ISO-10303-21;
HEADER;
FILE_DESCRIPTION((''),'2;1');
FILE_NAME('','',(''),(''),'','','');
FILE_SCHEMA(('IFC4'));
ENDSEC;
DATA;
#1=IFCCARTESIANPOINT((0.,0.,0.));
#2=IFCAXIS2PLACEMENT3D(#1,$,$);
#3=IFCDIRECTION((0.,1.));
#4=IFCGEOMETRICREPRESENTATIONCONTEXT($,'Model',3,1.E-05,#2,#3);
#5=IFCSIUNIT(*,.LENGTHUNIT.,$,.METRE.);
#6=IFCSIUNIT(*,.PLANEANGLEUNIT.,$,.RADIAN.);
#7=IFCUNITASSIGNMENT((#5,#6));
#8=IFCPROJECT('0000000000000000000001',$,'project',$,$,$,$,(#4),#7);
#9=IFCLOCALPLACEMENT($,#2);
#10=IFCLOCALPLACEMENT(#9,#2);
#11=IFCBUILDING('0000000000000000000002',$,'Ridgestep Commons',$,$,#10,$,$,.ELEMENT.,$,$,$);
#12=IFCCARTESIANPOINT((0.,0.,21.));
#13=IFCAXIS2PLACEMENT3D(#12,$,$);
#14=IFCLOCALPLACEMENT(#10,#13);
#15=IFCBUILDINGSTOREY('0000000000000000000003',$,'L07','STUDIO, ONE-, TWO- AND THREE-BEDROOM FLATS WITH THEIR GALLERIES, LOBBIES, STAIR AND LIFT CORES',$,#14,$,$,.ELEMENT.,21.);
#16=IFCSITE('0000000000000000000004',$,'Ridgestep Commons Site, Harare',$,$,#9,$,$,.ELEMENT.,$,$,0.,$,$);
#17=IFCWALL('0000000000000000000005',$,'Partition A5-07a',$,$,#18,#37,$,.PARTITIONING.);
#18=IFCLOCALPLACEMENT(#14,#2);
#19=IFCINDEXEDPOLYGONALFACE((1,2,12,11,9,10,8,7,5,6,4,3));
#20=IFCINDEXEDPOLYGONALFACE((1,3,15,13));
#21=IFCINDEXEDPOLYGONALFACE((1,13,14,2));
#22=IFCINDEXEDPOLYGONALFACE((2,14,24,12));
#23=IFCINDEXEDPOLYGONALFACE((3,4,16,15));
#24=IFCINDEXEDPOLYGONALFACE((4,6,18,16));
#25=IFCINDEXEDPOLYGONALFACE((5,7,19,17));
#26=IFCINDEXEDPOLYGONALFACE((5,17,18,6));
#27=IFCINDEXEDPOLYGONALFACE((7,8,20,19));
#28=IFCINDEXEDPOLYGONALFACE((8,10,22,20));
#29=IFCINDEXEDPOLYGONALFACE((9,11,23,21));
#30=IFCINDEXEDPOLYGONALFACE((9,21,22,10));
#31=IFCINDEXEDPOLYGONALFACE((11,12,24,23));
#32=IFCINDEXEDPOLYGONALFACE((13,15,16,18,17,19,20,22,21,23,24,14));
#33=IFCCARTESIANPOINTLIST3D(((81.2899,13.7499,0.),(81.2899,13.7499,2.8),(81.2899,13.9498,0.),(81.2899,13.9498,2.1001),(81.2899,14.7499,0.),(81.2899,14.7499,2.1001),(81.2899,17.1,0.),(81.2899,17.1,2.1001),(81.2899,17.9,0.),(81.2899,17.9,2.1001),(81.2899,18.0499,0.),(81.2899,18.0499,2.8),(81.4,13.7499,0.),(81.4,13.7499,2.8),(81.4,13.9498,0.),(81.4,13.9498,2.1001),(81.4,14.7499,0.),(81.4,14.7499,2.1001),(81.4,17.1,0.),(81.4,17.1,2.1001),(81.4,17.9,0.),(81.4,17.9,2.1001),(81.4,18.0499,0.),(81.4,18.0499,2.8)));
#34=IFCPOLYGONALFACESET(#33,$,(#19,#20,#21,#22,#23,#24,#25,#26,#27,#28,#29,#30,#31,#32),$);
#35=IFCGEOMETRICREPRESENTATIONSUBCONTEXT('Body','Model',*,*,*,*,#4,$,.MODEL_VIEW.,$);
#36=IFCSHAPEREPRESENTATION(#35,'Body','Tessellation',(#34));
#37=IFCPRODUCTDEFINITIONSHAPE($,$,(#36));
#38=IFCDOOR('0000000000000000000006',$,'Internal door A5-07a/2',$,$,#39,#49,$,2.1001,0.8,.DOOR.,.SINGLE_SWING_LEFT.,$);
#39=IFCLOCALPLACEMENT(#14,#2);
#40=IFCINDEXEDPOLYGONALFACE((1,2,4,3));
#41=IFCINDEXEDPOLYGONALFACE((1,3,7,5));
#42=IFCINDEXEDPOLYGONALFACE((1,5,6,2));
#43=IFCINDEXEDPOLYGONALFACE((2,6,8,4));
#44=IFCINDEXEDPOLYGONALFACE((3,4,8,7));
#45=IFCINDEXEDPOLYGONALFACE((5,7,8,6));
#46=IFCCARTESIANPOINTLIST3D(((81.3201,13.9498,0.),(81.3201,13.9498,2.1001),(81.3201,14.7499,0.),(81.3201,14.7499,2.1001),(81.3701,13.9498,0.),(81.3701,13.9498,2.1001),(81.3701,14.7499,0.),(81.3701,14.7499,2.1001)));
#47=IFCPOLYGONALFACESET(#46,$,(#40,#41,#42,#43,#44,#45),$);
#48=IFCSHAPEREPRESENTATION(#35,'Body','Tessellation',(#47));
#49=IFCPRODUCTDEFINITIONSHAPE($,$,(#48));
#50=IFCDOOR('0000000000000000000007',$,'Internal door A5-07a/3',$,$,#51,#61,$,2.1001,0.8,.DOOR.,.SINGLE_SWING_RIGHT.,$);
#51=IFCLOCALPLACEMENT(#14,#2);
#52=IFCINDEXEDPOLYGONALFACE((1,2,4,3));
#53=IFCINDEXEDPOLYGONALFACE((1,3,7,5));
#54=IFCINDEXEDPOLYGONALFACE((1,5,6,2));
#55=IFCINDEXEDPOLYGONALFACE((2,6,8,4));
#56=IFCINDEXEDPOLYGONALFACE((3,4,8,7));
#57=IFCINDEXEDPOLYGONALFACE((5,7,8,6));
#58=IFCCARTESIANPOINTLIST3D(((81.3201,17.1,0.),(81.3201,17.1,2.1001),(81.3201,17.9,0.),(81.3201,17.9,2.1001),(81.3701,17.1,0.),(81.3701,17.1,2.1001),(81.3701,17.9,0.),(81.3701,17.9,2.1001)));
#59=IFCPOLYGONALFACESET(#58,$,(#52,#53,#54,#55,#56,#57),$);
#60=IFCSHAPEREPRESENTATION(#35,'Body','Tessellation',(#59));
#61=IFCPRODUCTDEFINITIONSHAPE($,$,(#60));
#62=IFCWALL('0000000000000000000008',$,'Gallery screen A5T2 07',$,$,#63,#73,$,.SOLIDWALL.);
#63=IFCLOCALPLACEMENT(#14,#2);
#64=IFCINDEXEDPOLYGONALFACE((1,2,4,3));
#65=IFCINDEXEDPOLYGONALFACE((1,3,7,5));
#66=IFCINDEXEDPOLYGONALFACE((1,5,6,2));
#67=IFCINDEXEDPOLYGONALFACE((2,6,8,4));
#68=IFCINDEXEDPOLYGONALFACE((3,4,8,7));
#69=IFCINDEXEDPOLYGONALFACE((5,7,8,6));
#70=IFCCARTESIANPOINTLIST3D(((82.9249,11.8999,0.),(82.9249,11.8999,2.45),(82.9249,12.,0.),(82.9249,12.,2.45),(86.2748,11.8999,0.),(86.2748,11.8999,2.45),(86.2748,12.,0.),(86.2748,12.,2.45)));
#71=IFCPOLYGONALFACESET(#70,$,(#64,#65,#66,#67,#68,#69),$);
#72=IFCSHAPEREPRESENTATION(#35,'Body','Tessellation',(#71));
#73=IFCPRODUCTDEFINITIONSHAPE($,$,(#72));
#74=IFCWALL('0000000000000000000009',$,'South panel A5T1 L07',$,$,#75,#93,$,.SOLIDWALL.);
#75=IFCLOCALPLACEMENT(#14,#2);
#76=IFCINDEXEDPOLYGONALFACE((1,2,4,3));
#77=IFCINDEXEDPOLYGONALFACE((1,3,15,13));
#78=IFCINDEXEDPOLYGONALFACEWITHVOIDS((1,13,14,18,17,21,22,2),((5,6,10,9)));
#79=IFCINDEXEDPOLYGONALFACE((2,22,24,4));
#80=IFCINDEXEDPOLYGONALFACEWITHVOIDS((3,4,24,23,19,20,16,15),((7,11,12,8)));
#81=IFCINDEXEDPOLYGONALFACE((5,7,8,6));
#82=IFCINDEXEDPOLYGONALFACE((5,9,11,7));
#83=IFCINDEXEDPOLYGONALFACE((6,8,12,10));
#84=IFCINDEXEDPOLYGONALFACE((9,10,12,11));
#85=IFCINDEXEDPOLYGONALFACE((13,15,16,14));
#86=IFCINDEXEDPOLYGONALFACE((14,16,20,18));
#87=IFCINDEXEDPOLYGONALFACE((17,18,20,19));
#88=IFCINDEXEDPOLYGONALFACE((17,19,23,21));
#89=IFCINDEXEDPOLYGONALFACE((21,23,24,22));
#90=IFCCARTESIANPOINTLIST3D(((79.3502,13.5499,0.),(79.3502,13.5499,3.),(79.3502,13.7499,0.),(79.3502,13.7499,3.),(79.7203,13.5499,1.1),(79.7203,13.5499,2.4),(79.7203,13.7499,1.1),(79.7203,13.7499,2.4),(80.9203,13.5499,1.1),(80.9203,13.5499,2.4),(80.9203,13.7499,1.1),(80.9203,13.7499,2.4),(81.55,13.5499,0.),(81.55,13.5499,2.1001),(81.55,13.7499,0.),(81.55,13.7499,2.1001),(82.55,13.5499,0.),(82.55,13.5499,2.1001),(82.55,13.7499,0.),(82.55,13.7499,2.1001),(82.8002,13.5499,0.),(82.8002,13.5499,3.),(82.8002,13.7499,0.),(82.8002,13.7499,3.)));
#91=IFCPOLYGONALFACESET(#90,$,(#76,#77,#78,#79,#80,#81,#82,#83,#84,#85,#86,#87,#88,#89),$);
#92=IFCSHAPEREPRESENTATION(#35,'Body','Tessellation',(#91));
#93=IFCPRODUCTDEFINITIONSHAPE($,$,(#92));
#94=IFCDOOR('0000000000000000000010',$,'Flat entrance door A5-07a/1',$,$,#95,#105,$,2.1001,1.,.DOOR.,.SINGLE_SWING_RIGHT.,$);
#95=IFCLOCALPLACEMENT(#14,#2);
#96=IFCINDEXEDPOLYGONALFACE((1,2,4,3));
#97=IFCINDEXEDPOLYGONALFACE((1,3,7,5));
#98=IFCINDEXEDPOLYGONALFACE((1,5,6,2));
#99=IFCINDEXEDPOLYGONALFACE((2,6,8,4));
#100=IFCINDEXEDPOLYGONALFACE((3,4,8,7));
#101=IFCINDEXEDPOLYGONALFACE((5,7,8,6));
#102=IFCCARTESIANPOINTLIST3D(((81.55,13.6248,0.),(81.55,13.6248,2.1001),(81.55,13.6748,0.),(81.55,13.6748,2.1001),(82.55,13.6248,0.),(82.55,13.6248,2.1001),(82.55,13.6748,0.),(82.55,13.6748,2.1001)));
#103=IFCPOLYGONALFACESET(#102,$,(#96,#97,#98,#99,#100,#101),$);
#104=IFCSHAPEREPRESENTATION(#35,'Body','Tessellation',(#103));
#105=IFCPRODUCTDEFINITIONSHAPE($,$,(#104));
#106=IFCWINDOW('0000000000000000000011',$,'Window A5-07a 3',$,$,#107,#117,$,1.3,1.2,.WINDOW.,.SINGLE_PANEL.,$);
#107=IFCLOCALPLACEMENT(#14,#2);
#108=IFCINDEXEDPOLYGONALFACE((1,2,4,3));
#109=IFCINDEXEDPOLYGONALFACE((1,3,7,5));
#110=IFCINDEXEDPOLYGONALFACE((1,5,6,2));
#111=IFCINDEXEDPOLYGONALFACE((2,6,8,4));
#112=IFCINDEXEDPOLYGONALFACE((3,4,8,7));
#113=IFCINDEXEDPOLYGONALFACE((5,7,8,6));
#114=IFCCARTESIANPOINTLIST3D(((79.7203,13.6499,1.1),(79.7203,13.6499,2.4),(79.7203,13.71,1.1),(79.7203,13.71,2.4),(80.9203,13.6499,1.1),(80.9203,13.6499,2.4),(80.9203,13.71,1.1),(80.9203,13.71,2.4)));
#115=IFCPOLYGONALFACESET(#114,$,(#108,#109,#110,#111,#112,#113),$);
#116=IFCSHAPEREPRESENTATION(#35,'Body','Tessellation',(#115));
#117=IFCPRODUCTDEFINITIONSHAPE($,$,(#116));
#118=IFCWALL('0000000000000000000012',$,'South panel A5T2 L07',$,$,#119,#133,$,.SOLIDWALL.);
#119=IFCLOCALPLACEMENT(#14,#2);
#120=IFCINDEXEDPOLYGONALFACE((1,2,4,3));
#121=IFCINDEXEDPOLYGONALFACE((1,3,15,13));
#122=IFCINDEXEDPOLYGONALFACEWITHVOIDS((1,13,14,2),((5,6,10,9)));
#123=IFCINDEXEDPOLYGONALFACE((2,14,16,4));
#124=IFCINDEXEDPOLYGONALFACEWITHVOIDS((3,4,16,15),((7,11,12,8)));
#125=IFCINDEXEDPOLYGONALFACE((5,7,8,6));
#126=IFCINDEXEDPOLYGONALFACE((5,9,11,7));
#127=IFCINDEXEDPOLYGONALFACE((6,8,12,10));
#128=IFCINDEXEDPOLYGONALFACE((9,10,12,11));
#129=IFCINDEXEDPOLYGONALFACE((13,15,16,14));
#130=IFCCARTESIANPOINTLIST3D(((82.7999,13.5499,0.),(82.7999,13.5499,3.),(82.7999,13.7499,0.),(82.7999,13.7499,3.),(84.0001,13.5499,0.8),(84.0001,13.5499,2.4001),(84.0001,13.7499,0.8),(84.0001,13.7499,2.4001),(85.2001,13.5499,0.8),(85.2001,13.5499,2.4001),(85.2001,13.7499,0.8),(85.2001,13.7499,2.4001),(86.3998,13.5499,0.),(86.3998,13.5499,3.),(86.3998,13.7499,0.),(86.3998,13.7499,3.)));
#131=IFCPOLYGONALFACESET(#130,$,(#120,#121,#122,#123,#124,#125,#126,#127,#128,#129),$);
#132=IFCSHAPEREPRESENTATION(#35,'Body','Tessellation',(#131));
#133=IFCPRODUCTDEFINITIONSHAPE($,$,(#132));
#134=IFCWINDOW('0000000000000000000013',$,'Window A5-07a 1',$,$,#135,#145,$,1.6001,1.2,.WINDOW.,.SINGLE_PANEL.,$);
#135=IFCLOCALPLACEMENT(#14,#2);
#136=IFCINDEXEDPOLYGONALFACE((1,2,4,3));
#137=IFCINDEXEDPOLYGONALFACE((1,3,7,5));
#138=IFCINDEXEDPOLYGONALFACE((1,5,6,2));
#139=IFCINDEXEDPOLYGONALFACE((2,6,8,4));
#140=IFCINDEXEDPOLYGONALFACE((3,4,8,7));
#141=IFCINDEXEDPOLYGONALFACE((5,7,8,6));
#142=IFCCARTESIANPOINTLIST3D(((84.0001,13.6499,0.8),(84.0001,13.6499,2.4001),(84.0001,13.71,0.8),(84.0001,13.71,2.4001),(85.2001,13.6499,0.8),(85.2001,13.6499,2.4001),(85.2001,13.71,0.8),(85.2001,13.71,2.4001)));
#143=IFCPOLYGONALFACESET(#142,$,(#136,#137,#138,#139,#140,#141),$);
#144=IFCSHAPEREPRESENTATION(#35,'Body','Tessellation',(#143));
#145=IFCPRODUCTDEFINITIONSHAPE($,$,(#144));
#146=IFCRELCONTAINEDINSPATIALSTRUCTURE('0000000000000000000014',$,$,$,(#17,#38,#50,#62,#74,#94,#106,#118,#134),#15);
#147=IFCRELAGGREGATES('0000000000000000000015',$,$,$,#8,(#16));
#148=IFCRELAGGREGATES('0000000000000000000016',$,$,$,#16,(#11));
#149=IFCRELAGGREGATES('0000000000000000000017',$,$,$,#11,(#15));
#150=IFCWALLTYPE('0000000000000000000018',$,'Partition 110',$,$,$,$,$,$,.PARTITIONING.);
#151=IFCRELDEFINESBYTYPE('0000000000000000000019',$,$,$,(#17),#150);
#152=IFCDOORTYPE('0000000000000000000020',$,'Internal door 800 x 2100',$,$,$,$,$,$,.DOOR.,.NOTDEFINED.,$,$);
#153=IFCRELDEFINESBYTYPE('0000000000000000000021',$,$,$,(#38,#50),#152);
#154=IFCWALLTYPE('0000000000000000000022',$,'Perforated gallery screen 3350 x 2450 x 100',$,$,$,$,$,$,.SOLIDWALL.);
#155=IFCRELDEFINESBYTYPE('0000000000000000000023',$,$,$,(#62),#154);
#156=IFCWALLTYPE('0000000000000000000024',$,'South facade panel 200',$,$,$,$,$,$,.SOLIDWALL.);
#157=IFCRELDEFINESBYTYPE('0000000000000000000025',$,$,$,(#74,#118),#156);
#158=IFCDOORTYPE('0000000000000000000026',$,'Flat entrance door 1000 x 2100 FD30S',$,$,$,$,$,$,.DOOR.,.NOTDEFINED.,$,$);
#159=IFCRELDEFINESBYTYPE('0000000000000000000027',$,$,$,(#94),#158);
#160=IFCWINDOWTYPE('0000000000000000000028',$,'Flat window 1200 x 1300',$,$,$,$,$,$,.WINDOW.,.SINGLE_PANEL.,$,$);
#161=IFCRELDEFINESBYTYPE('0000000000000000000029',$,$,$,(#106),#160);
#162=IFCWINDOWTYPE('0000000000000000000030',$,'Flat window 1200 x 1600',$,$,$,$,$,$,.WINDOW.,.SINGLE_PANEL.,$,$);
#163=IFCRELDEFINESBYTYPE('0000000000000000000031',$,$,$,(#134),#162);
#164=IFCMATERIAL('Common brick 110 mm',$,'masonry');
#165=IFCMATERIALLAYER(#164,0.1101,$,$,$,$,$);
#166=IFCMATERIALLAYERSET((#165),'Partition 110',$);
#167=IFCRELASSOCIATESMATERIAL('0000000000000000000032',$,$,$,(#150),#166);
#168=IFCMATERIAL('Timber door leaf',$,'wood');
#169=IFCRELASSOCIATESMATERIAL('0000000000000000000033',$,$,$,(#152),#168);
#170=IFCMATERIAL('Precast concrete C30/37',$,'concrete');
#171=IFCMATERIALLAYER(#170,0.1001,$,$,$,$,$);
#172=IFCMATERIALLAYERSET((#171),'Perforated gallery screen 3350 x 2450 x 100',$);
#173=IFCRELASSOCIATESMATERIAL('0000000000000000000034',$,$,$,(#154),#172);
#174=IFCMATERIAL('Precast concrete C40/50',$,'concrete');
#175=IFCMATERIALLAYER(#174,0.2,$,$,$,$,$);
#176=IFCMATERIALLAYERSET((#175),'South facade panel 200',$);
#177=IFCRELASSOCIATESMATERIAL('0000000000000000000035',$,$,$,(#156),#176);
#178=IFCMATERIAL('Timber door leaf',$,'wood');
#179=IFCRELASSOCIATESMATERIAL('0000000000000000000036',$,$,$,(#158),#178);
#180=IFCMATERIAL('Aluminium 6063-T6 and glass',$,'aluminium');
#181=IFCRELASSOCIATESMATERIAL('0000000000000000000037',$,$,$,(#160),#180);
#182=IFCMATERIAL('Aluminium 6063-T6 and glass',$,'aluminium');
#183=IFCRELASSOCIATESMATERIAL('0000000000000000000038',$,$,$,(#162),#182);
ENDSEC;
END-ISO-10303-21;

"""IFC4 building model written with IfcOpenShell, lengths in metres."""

from ifc_helpers import new_model, si_unit, direction, frame, frame_2d, origin, place, context, subcontext, project, spatial, rectangle, extrude, material, layer, layer_set, type_object, element, fill, save


model = new_model("IFC4")

# Units and contexts
model_context = context("Model", 3, precision=1e-05, world=origin(), true_north=direction((0.0, 1.0)))
body_context = subcontext(model_context, "Body", "Model", "MODEL_VIEW")
ifc_project = project(units=[si_unit("LENGTHUNIT", "METRE"), si_unit("PLANEANGLEUNIT", "RADIAN")], contexts=[model_context])

# Site, building, storey
site_placement = place(None, origin())
site = spatial("IfcSite", under=ifc_project, at=site_placement, Name="Ridgestep Commons Site, Harare", CompositionType="ELEMENT", RefElevation=0.0)
building_placement = place(site_placement, origin())
building = spatial("IfcBuilding", under=site, at=building_placement, Name="Ridgestep Commons", CompositionType="ELEMENT")
storey_placement = place(building_placement, frame((0.0, 0.0, 21.0)))
storey = spatial("IfcBuildingStorey", under=building, at=storey_placement, Name="L07", Description="STUDIO, ONE-, TWO- AND THREE-BEDROOM FLATS WITH THEIR GALLERIES, LOBBIES, STAIR AND LIFT CORES", CompositionType="ELEMENT", Elevation=21.0)

# Wall, openings, doors
ifc_material_1 = material(Name="Common brick 110 mm", Category="masonry")
ifc_layer_1 = layer(ifc_material_1, 0.1101)
ifc_layer_set_1 = layer_set([ifc_layer_1], Name="Partition 110")
wall_type_1 = type_object("IfcWallType", Name="Partition 110", PredefinedType="PARTITIONING", material=ifc_layer_set_1)
wall_1_placement = place(storey_placement, frame((81.345, 13.75, 0.0), z_axis=(0.0, 0.0, 1.0), x_axis=(0.0, 1.0, 0.0)))
wall_1 = element("IfcWall", 1, at=wall_1_placement, inside=storey, type_object=wall_type_1, Name="Partition A5-07a", PredefinedType="PARTITIONING", context=body_context, shape_type="SweptSolid", body=[
    extrude(rectangle(XDim=4.3, YDim=0.1101, at=frame_2d((2.1499, 0.0))), origin(), (0.0, 0.0, 1.0), 2.8),
])
opening_1_placement = place(wall_1_placement, frame((0.2, 0.0, 0.0)))
opening_1 = element("IfcOpeningElement", 2, at=opening_1_placement, cuts=wall_1, PredefinedType="OPENING", context=body_context, shape_type="SweptSolid", body=[
    extrude(rectangle(XDim=0.8, YDim=2.1001, at=frame_2d((0.3999, 1.05))), frame((0.0, 0.0649, 0.0), z_axis=(0.0, -1.0, 0.0), x_axis=(1.0, 0.0, 0.0)), (0.0, 0.0, 1.0), 0.1301),
])
opening_2_placement = place(wall_1_placement, frame((3.3501, 0.0, 0.0)))
opening_2 = element("IfcOpeningElement", 3, at=opening_2_placement, cuts=wall_1, PredefinedType="OPENING", context=body_context, shape_type="SweptSolid", body=[
    extrude(rectangle(XDim=0.8, YDim=2.1001, at=frame_2d((0.3999, 1.05))), frame((0.0, 0.0649, 0.0), z_axis=(0.0, -1.0, 0.0), x_axis=(1.0, 0.0, 0.0)), (0.0, 0.0, 1.0), 0.1301),
])
ifc_material_2 = material(Name="Timber door leaf", Category="wood")
door_type_1 = type_object("IfcDoorType", Name="Internal door 800 x 2100", OperationType="NOTDEFINED", PredefinedType="DOOR", material=ifc_material_2)
door_1_placement = place(opening_1_placement, origin())
door_1 = element("IfcDoor", 4, at=door_1_placement, inside=storey, type_object=door_type_1, Name="Internal door A5-07a/2", OperationType="SINGLE_SWING_LEFT", OverallHeight=2.1001, OverallWidth=0.8, PredefinedType="DOOR", context=body_context, shape_type="SweptSolid", body=[
    extrude(rectangle(XDim=0.8, YDim=2.1001, at=frame_2d((0.3999, 1.05))), frame((0.0, 0.0249, 0.0), z_axis=(0.0, -1.0, 0.0), x_axis=(1.0, 0.0, 0.0)), (0.0, 0.0, 1.0), 0.05),
])
fill(opening_1, door_1)
door_2_placement = place(opening_2_placement, origin())
door_2 = element("IfcDoor", 5, at=door_2_placement, inside=storey, type_object=door_type_1, Name="Internal door A5-07a/3", OperationType="SINGLE_SWING_RIGHT", OverallHeight=2.1001, OverallWidth=0.8, PredefinedType="DOOR", context=body_context, shape_type="SweptSolid", body=[
    extrude(rectangle(XDim=0.8, YDim=2.1001, at=frame_2d((0.3999, 1.05))), frame((0.0, 0.0249, 0.0), z_axis=(0.0, -1.0, 0.0), x_axis=(1.0, 0.0, 0.0)), (0.0, 0.0, 1.0), 0.05),
])
fill(opening_2, door_2)

# Wall
ifc_material_3 = material(Name="Precast concrete C30/37", Category="concrete")
ifc_layer_2 = layer(ifc_material_3, 0.1001)
ifc_layer_set_2 = layer_set([ifc_layer_2], Name="Perforated gallery screen 3350 x 2450 x 100")
wall_type_2 = type_object("IfcWallType", Name="Perforated gallery screen 3350 x 2450 x 100", PredefinedType="SOLIDWALL", material=ifc_layer_set_2)
wall_2_placement = place(storey_placement, frame((82.925, 11.95, 0.0), z_axis=(0.0, 0.0, 1.0), x_axis=(1.0, 0.0, 0.0)))
element("IfcWall", 6, at=wall_2_placement, inside=storey, type_object=wall_type_2, Name="Gallery screen A5T2 07", PredefinedType="SOLIDWALL", context=body_context, shape_type="SweptSolid", body=[
    extrude(rectangle(XDim=3.3499, YDim=0.1001, at=frame_2d((1.6748, 0.0))), origin(), (0.0, 0.0, 1.0), 2.45),
])

# Wall, openings, door, window
ifc_material_4 = material(Name="Precast concrete C40/50", Category="concrete")
ifc_layer_3 = layer(ifc_material_4, 0.2)
ifc_layer_set_3 = layer_set([ifc_layer_3], Name="South facade panel 200")
wall_type_3 = type_object("IfcWallType", Name="South facade panel 200", PredefinedType="SOLIDWALL", material=ifc_layer_set_3)
wall_3_placement = place(storey_placement, frame((79.3501, 13.6499, 0.0), z_axis=(0.0, 0.0, 1.0), x_axis=(1.0, 0.0, 0.0)))
wall_3 = element("IfcWall", 7, at=wall_3_placement, inside=storey, type_object=wall_type_3, Name="South panel A5T1 L07", PredefinedType="SOLIDWALL", context=body_context, shape_type="SweptSolid", body=[
    extrude(rectangle(XDim=3.45, YDim=0.2, at=frame_2d((1.7251, 0.0))), origin(), (0.0, 0.0, 1.0), 3.0),
])
opening_3_placement = place(wall_3_placement, frame((0.3701, 0.0, 1.1001)))
opening_3 = element("IfcOpeningElement", 8, at=opening_3_placement, cuts=wall_3, PredefinedType="OPENING", context=body_context, shape_type="SweptSolid", body=[
    extrude(rectangle(XDim=1.2, YDim=1.3, at=frame_2d((0.6001, 0.6499))), frame((0.0, 0.1099, 0.0), z_axis=(0.0, -1.0, 0.0), x_axis=(1.0, 0.0, 0.0)), (0.0, 0.0, 1.0), 0.22),
])
opening_4_placement = place(wall_3_placement, frame((2.2, 0.0, 0.0)))
opening_4 = element("IfcOpeningElement", 9, at=opening_4_placement, cuts=wall_3, PredefinedType="OPENING", context=body_context, shape_type="SweptSolid", body=[
    extrude(rectangle(XDim=1.0, YDim=2.1001, at=frame_2d((0.5, 1.05))), frame((0.0, 0.1099, 0.0), z_axis=(0.0, -1.0, 0.0), x_axis=(1.0, 0.0, 0.0)), (0.0, 0.0, 1.0), 0.22),
])
ifc_material_5 = material(Name="Timber door leaf", Category="wood")
door_type_2 = type_object("IfcDoorType", Name="Flat entrance door 1000 x 2100 FD30S", OperationType="NOTDEFINED", PredefinedType="DOOR", material=ifc_material_5)
door_3_placement = place(opening_4_placement, origin())
door_3 = element("IfcDoor", 10, at=door_3_placement, inside=storey, type_object=door_type_2, Name="Flat entrance door A5-07a/1", OperationType="SINGLE_SWING_RIGHT", OverallHeight=2.1001, OverallWidth=1.0, PredefinedType="DOOR", context=body_context, shape_type="SweptSolid", body=[
    extrude(rectangle(XDim=1.0, YDim=2.1001, at=frame_2d((0.5, 1.05))), frame((0.0, 0.0249, 0.0), z_axis=(0.0, -1.0, 0.0), x_axis=(1.0, 0.0, 0.0)), (0.0, 0.0, 1.0), 0.05),
])
fill(opening_4, door_3)
ifc_material_6 = material(Name="Aluminium 6063-T6 and glass", Category="aluminium")
window_type_1 = type_object("IfcWindowType", Name="Flat window 1200 x 1300", PartitioningType="SINGLE_PANEL", PredefinedType="WINDOW", material=ifc_material_6)
window_1_placement = place(opening_3_placement, origin())
window_1 = element("IfcWindow", 11, at=window_1_placement, inside=storey, type_object=window_type_1, Name="Window A5-07a 3", OverallHeight=1.3, OverallWidth=1.2, PartitioningType="SINGLE_PANEL", PredefinedType="WINDOW", context=body_context, shape_type="SweptSolid", body=[
    extrude(rectangle(XDim=1.2, YDim=1.3, at=frame_2d((0.6001, 0.6499))), frame((0.0, 0.0601, 0.0), z_axis=(0.0, -1.0, 0.0), x_axis=(1.0, 0.0, 0.0)), (0.0, 0.0, 1.0), 0.0601),
])
fill(opening_3, window_1)

# Wall, opening, window
wall_4_placement = place(storey_placement, frame((82.8, 13.6499, 0.0), z_axis=(0.0, 0.0, 1.0), x_axis=(1.0, 0.0, 0.0)))
wall_4 = element("IfcWall", 12, at=wall_4_placement, inside=storey, type_object=wall_type_3, Name="South panel A5T2 L07", PredefinedType="SOLIDWALL", context=body_context, shape_type="SweptSolid", body=[
    extrude(rectangle(XDim=3.5999, YDim=0.2, at=frame_2d((1.7998, 0.0))), origin(), (0.0, 0.0, 1.0), 3.0),
])
opening_5_placement = place(wall_4_placement, frame((1.2, 0.0, 0.8)))
opening_5 = element("IfcOpeningElement", 13, at=opening_5_placement, cuts=wall_4, PredefinedType="OPENING", context=body_context, shape_type="SweptSolid", body=[
    extrude(rectangle(XDim=1.2, YDim=1.6001, at=frame_2d((0.6001, 0.8))), frame((0.0, 0.1099, 0.0), z_axis=(0.0, -1.0, 0.0), x_axis=(1.0, 0.0, 0.0)), (0.0, 0.0, 1.0), 0.22),
])
ifc_material_7 = material(Name="Aluminium 6063-T6 and glass", Category="aluminium")
window_type_2 = type_object("IfcWindowType", Name="Flat window 1200 x 1600", PartitioningType="SINGLE_PANEL", PredefinedType="WINDOW", material=ifc_material_7)
window_2_placement = place(opening_5_placement, origin())
window_2 = element("IfcWindow", 14, at=window_2_placement, inside=storey, type_object=window_type_2, Name="Window A5-07a 1", OverallHeight=1.6001, OverallWidth=1.2, PartitioningType="SINGLE_PANEL", PredefinedType="WINDOW", context=body_context, shape_type="SweptSolid", body=[
    extrude(rectangle(XDim=1.2, YDim=1.6001, at=frame_2d((0.6001, 0.8))), frame((0.0, 0.0601, 0.0), z_axis=(0.0, -1.0, 0.0), x_axis=(1.0, 0.0, 0.0)), (0.0, 0.0, 1.0), 0.0601),
])
fill(opening_5, window_2)

save(model, "model.ifc")
